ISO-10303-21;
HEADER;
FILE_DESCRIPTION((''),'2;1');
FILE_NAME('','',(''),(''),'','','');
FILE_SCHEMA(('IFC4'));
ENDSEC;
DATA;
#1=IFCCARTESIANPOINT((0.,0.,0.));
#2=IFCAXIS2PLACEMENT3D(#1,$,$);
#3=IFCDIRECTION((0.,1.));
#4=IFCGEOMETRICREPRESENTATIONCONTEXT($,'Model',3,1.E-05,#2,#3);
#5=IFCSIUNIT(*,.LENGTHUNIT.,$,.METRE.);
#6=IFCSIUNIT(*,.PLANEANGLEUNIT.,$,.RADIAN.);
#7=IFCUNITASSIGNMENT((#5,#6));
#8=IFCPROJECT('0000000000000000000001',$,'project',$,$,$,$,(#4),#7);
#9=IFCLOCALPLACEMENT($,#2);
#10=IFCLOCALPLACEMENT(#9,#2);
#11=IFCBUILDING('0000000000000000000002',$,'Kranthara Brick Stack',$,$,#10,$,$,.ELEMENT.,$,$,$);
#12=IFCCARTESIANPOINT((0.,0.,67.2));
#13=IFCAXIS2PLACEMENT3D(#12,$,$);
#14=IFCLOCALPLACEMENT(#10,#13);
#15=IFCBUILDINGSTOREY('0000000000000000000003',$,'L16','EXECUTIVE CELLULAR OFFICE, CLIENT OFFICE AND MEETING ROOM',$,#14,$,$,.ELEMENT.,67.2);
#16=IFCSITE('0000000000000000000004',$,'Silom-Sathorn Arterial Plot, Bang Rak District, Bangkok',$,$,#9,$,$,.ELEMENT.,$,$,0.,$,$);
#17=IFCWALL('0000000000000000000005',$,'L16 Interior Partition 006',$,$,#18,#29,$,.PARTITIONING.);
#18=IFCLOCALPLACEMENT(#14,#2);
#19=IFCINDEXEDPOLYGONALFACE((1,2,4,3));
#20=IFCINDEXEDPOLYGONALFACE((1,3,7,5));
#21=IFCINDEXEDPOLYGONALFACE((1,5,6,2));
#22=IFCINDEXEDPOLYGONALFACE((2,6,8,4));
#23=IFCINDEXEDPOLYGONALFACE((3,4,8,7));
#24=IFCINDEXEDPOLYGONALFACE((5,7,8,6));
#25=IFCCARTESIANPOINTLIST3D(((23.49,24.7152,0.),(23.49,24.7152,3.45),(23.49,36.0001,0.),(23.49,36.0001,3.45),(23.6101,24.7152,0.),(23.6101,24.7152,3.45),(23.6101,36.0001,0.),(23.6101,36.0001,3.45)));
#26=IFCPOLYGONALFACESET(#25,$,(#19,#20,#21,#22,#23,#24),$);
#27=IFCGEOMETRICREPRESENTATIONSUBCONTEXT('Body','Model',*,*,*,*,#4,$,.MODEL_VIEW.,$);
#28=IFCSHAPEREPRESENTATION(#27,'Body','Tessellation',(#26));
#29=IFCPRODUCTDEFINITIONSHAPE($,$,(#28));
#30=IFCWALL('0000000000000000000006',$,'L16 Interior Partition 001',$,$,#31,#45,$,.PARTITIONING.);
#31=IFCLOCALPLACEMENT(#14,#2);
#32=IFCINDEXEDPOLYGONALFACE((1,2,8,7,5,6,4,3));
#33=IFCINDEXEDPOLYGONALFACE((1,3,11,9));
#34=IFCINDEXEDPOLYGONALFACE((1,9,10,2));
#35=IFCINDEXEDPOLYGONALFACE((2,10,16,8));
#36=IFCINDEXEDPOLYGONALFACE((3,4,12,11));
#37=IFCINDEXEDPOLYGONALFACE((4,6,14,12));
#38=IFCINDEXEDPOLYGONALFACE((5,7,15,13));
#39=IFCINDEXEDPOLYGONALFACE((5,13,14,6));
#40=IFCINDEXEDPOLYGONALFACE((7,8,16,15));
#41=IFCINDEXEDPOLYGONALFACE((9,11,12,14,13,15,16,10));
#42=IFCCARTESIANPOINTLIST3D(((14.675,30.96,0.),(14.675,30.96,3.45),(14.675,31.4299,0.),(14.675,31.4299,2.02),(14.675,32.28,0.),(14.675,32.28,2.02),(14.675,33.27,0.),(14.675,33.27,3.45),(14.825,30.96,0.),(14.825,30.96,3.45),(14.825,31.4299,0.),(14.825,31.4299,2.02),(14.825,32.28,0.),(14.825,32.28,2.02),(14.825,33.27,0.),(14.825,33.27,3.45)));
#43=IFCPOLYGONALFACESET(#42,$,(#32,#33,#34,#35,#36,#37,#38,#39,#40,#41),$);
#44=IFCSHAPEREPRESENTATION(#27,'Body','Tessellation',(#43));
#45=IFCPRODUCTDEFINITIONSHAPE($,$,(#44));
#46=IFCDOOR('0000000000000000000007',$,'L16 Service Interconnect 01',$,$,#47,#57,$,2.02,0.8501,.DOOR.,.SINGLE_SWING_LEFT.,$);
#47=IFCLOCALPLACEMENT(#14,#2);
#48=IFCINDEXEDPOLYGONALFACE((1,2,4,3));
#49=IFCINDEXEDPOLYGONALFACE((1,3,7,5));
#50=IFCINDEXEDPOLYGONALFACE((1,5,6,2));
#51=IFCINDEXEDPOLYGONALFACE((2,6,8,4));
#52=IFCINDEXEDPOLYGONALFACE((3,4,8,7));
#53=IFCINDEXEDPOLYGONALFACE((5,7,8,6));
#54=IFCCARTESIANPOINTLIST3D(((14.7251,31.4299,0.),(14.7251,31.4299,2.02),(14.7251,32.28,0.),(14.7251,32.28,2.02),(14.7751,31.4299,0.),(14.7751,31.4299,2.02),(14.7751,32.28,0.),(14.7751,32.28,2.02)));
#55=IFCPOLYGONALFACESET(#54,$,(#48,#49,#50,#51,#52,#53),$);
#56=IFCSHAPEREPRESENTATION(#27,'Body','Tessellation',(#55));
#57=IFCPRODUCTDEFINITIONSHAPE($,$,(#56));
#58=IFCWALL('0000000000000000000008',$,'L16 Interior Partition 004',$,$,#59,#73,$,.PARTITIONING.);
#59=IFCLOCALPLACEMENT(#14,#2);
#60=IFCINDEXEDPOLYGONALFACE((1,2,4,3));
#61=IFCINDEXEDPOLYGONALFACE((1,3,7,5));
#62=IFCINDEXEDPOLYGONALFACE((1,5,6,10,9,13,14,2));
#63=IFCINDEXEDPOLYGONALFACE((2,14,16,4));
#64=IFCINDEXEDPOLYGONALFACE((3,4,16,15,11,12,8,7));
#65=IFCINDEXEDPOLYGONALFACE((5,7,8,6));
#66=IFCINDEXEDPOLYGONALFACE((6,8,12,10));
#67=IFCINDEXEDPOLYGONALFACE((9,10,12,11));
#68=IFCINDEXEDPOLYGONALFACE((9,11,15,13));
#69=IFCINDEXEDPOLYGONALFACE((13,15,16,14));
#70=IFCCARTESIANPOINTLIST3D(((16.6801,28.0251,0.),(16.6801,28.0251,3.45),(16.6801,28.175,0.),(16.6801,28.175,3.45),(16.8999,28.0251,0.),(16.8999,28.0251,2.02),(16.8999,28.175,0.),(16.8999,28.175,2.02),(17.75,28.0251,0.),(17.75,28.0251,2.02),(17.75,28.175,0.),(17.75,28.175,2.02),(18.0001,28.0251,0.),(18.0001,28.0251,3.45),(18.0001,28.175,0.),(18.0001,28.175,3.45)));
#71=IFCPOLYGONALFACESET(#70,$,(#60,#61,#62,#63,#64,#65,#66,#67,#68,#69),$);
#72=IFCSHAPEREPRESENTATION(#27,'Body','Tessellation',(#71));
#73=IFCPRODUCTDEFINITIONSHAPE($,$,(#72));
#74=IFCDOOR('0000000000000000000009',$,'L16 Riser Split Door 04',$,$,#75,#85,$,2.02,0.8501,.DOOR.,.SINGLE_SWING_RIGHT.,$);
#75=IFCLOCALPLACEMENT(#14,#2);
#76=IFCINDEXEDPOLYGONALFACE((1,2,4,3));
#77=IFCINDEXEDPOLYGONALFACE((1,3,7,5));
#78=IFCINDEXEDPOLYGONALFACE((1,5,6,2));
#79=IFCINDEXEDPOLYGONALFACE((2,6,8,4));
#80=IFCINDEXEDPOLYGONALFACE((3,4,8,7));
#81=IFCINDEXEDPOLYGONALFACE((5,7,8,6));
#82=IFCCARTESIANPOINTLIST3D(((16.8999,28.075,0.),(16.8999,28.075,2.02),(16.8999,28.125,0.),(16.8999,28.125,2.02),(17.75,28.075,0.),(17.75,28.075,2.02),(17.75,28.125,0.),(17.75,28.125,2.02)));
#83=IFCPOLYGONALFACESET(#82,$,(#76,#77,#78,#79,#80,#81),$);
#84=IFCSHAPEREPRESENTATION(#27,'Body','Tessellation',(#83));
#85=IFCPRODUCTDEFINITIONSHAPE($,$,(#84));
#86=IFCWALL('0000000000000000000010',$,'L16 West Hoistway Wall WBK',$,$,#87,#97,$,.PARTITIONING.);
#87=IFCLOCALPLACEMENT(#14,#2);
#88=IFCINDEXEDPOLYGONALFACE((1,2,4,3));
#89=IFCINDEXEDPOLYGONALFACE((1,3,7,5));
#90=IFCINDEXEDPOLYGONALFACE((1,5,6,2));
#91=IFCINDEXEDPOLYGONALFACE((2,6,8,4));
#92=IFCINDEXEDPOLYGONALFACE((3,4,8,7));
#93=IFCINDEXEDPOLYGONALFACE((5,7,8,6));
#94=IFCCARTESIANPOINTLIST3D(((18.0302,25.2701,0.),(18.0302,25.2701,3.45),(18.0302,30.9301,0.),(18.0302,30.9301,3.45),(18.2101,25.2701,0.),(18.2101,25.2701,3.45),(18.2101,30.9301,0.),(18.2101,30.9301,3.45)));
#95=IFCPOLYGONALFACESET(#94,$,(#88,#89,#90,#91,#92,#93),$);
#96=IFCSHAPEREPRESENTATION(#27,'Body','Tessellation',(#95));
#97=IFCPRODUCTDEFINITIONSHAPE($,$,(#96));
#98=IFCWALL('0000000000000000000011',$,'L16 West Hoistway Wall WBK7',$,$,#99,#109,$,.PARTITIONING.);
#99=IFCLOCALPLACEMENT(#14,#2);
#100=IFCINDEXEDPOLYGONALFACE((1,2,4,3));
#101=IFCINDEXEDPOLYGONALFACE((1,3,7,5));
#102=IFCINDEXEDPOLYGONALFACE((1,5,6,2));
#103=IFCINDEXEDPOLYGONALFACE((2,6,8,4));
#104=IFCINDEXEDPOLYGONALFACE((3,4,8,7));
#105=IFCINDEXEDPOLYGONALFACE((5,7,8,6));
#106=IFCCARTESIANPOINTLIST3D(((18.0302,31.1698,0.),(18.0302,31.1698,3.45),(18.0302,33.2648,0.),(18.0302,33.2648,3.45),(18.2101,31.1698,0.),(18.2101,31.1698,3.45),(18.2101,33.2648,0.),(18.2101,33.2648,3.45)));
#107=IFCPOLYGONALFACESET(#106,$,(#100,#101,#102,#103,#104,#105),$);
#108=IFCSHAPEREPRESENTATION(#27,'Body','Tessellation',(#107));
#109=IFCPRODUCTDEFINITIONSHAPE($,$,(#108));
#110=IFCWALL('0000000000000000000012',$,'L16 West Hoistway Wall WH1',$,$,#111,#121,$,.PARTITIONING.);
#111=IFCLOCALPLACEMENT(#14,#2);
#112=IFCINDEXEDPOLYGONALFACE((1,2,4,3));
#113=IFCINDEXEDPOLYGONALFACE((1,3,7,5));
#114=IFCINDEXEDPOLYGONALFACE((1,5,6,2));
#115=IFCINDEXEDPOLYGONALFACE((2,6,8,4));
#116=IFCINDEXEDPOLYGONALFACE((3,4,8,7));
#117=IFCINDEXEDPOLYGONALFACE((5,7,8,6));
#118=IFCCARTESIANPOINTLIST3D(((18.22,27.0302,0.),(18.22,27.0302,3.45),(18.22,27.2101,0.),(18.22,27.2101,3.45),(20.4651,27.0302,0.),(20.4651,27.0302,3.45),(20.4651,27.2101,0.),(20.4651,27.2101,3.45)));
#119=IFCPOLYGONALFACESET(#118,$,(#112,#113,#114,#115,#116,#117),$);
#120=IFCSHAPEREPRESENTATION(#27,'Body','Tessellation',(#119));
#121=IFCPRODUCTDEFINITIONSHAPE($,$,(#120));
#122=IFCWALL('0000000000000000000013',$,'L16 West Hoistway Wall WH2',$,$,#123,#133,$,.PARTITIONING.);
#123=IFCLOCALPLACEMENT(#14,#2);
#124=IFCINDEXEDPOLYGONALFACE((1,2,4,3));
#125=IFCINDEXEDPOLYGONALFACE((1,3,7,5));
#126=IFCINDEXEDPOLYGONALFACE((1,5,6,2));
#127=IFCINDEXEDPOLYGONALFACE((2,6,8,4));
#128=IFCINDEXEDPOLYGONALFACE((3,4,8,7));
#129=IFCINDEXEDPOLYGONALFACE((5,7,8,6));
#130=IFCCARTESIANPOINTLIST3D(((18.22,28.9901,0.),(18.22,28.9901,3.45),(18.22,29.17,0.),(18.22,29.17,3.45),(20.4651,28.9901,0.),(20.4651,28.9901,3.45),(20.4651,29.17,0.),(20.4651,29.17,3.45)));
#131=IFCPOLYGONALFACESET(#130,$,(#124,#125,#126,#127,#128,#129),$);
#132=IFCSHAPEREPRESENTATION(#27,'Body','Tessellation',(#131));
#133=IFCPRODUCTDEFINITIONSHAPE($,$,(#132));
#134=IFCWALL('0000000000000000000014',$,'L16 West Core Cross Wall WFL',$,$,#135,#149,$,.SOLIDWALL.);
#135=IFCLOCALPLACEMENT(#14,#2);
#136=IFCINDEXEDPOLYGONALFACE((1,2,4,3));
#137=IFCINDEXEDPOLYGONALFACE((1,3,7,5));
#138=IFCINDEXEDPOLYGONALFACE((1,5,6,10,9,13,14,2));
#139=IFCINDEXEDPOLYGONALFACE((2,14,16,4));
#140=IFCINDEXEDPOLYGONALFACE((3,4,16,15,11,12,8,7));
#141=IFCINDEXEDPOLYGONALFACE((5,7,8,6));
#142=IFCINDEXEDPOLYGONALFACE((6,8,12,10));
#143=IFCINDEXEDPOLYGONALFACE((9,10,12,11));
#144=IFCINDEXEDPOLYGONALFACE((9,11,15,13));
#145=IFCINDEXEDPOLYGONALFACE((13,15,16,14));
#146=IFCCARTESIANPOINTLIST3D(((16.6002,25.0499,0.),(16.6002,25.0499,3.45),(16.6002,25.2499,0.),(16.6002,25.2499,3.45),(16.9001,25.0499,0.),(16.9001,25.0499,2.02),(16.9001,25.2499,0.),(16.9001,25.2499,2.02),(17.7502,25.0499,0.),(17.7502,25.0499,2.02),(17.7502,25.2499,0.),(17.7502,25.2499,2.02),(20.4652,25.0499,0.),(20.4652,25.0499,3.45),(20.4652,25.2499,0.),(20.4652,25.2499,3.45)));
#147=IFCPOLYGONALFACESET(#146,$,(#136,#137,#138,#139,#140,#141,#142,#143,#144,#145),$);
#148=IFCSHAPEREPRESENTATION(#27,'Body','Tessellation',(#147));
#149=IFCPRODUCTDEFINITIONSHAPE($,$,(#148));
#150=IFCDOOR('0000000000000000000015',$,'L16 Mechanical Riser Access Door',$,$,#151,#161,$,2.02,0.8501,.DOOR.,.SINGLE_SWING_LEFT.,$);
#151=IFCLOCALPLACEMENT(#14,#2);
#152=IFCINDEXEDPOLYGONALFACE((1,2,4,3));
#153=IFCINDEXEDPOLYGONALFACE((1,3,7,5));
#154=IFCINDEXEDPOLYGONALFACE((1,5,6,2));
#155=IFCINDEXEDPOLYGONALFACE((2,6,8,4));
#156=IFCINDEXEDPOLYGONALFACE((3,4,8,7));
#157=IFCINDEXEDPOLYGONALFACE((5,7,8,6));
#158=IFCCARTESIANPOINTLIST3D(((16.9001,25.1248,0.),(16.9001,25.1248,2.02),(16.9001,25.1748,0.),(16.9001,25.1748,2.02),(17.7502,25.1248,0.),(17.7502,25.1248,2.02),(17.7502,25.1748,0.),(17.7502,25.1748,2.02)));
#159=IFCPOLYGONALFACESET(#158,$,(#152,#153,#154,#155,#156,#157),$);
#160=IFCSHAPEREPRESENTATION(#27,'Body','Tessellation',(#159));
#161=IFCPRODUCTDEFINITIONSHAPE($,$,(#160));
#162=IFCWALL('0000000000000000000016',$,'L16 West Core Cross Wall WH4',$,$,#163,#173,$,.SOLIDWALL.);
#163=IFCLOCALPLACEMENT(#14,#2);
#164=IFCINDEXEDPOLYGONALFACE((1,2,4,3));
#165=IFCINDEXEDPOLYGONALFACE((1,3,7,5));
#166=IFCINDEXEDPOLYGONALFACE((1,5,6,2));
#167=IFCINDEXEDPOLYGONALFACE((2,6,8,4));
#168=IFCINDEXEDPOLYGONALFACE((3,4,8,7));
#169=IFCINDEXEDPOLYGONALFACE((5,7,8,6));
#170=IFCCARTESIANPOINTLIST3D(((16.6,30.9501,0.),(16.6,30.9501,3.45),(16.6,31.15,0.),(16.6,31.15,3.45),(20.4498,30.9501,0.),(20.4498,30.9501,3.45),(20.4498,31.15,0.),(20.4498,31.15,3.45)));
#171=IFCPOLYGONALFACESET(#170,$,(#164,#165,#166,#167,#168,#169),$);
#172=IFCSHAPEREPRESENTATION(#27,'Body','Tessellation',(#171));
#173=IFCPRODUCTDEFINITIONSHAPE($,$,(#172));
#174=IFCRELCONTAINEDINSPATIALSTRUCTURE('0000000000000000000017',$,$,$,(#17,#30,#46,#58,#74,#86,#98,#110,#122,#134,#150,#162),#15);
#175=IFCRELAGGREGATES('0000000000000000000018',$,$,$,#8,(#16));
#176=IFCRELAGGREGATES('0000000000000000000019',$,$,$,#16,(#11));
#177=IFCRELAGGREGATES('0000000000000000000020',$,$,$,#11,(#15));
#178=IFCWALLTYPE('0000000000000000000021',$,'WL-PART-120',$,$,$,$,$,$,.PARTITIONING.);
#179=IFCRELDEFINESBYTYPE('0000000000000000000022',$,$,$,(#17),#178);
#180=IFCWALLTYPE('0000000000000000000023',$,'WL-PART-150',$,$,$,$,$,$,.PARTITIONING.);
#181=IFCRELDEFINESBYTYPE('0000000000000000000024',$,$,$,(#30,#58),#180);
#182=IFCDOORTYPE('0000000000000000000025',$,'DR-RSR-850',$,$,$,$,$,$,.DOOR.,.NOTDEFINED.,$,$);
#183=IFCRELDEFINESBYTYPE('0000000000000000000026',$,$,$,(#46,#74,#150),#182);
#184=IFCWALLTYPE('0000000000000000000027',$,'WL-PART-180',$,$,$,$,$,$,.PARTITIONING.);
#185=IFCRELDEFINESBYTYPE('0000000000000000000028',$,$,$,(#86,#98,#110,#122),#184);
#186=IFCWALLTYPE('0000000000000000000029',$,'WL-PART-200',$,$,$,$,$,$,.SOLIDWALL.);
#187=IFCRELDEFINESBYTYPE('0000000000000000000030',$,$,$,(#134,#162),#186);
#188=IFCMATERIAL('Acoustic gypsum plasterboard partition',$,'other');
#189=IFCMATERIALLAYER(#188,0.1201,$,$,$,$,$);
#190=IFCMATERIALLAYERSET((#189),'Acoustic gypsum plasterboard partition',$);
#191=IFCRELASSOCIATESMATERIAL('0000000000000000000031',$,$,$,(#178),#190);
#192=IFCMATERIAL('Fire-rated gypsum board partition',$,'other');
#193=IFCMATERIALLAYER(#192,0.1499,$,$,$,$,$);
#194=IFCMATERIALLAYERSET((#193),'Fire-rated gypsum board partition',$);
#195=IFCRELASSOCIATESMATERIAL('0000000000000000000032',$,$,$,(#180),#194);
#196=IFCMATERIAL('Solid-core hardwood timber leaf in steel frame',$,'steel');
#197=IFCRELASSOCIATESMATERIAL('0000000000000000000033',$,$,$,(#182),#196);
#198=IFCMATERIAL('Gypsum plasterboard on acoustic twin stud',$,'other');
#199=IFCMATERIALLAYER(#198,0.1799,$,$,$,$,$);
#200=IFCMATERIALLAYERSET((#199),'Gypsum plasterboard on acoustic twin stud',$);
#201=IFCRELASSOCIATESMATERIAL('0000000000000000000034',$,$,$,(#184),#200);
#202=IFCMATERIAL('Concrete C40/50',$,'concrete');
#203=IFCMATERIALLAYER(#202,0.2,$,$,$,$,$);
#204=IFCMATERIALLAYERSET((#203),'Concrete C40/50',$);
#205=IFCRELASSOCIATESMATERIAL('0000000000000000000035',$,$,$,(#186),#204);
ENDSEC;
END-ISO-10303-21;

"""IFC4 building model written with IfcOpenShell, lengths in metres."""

from ifc_helpers import new_model, si_unit, direction, frame, frame_2d, origin, place, context, subcontext, project, spatial, rectangle, extrude, material, layer, layer_set, type_object, element, fill, save


model = new_model("IFC4")

# Units and contexts
model_context = context("Model", 3, precision=1e-05, world=origin(), true_north=direction((0.0, 1.0)))
body_context = subcontext(model_context, "Body", "Model", "MODEL_VIEW")
ifc_project = project(units=[si_unit("LENGTHUNIT", "METRE"), si_unit("PLANEANGLEUNIT", "RADIAN")], contexts=[model_context])

# Site, building, storey
site_placement = place(None, origin())
site = spatial("IfcSite", under=ifc_project, at=site_placement, Name="Silom-Sathorn Arterial Plot, Bang Rak District, Bangkok", CompositionType="ELEMENT", RefElevation=0.0)
building_placement = place(site_placement, origin())
building = spatial("IfcBuilding", under=site, at=building_placement, Name="Kranthara Brick Stack", CompositionType="ELEMENT")
storey_placement = place(building_placement, frame((0.0, 0.0, 67.2)))
storey = spatial("IfcBuildingStorey", under=building, at=storey_placement, Name="L16", Description="EXECUTIVE CELLULAR OFFICE, CLIENT OFFICE AND MEETING ROOM", CompositionType="ELEMENT", Elevation=67.2)

# Wall
ifc_material_1 = material(Name="Acoustic gypsum plasterboard partition", Category="other")
ifc_layer_1 = layer(ifc_material_1, 0.1201)
ifc_layer_set_1 = layer_set([ifc_layer_1], Name="Acoustic gypsum plasterboard partition")
wall_type_1 = type_object("IfcWallType", Name="WL-PART-120", PredefinedType="PARTITIONING", material=ifc_layer_set_1)
wall_1_placement = place(storey_placement, frame((23.55, 24.7151, 0.0), z_axis=(0.0, 0.0, 1.0), x_axis=(0.0, 1.0, 0.0)))
element("IfcWall", 1, at=wall_1_placement, inside=storey, type_object=wall_type_1, Name="L16 Interior Partition 006", PredefinedType="PARTITIONING", context=body_context, shape_type="SweptSolid", body=[
    extrude(rectangle(XDim=11.2849, YDim=0.1201, at=frame_2d((5.6426, 0.0))), origin(), (0.0, 0.0, 1.0), 3.45),
])

# Walls, openings, doors
ifc_material_2 = material(Name="Fire-rated gypsum board partition", Category="other")
ifc_layer_2 = layer(ifc_material_2, 0.1499)
ifc_layer_set_2 = layer_set([ifc_layer_2], Name="Fire-rated gypsum board partition")
wall_type_2 = type_object("IfcWallType", Name="WL-PART-150", PredefinedType="PARTITIONING", material=ifc_layer_set_2)
wall_2_placement = place(storey_placement, frame((14.75, 30.96, 0.0), z_axis=(0.0, 0.0, 1.0), x_axis=(0.0, 1.0, 0.0)))
wall_2 = element("IfcWall", 2, at=wall_2_placement, inside=storey, type_object=wall_type_2, Name="L16 Interior Partition 001", PredefinedType="PARTITIONING", context=body_context, shape_type="SweptSolid", body=[
    extrude(rectangle(XDim=2.3101, YDim=0.1499, at=frame_2d((1.155, 0.0))), origin(), (0.0, 0.0, 1.0), 3.45),
])
opening_1_placement = place(wall_2_placement, frame((0.47, 0.0, 0.0)))
opening_1 = element("IfcOpeningElement", 3, at=opening_1_placement, cuts=wall_2, PredefinedType="OPENING", context=body_context, shape_type="SweptSolid", body=[
    extrude(rectangle(XDim=0.8501, YDim=2.02, at=frame_2d((0.425, 1.01))), frame((0.0, 0.085, 0.0), z_axis=(0.0, -1.0, 0.0), x_axis=(1.0, 0.0, 0.0)), (0.0, 0.0, 1.0), 0.1699),
])
ifc_material_3 = material(Name="Solid-core hardwood timber leaf in steel frame", Category="steel")
door_type = type_object("IfcDoorType", Name="DR-RSR-850", OperationType="NOTDEFINED", PredefinedType="DOOR", material=ifc_material_3)
door_1_placement = place(opening_1_placement, origin())
door_1 = element("IfcDoor", 4, at=door_1_placement, inside=storey, type_object=door_type, Name="L16 Service Interconnect 01", OperationType="SINGLE_SWING_LEFT", OverallHeight=2.02, OverallWidth=0.8501, PredefinedType="DOOR", context=body_context, shape_type="SweptSolid", body=[
    extrude(rectangle(XDim=0.8501, YDim=2.02, at=frame_2d((0.425, 1.01))), frame((0.0, 0.0249, 0.0), z_axis=(0.0, -1.0, 0.0), x_axis=(1.0, 0.0, 0.0)), (0.0, 0.0, 1.0), 0.05),
])
fill(opening_1, door_1)
wall_3_placement = place(storey_placement, frame((16.6799, 28.1001, 0.0), z_axis=(0.0, 0.0, 1.0), x_axis=(1.0, 0.0, 0.0)))
wall_3 = element("IfcWall", 5, at=wall_3_placement, inside=storey, type_object=wall_type_2, Name="L16 Interior Partition 004", PredefinedType="PARTITIONING", context=body_context, shape_type="SweptSolid", body=[
    extrude(rectangle(XDim=1.3201, YDim=0.1499, at=frame_2d((0.6602, 0.0))), origin(), (0.0, 0.0, 1.0), 3.45),
])
opening_2_placement = place(wall_3_placement, frame((0.22, 0.0, 0.0)))
opening_2 = element("IfcOpeningElement", 6, at=opening_2_placement, cuts=wall_3, PredefinedType="OPENING", context=body_context, shape_type="SweptSolid", body=[
    extrude(rectangle(XDim=0.8501, YDim=2.02, at=frame_2d((0.425, 1.01))), frame((0.0, 0.085, 0.0), z_axis=(0.0, -1.0, 0.0), x_axis=(1.0, 0.0, 0.0)), (0.0, 0.0, 1.0), 0.1699),
])
door_2_placement = place(opening_2_placement, origin())
door_2 = element("IfcDoor", 7, at=door_2_placement, inside=storey, type_object=door_type, Name="L16 Riser Split Door 04", OperationType="SINGLE_SWING_RIGHT", OverallHeight=2.02, OverallWidth=0.8501, PredefinedType="DOOR", context=body_context, shape_type="SweptSolid", body=[
    extrude(rectangle(XDim=0.8501, YDim=2.02, at=frame_2d((0.425, 1.01))), frame((0.0, 0.0249, 0.0), z_axis=(0.0, -1.0, 0.0), x_axis=(1.0, 0.0, 0.0)), (0.0, 0.0, 1.0), 0.05),
])
fill(opening_2, door_2)

# Walls
ifc_material_4 = material(Name="Gypsum plasterboard on acoustic twin stud", Category="other")
ifc_layer_3 = layer(ifc_material_4, 0.1799)
ifc_layer_set_3 = layer_set([ifc_layer_3], Name="Gypsum plasterboard on acoustic twin stud")
wall_type_3 = type_object("IfcWallType", Name="WL-PART-180", PredefinedType="PARTITIONING", material=ifc_layer_set_3)
wall_4_placement = place(storey_placement, frame((18.1201, 25.27, 0.0), z_axis=(0.0, 0.0, 1.0), x_axis=(0.0, 1.0, 0.0)))
element("IfcWall", 8, at=wall_4_placement, inside=storey, type_object=wall_type_3, Name="L16 West Hoistway Wall WBK", PredefinedType="PARTITIONING", context=body_context, shape_type="SweptSolid", body=[
    extrude(rectangle(XDim=5.6599, YDim=0.1799, at=frame_2d((2.8301, 0.0))), origin(), (0.0, 0.0, 1.0), 3.45),
])
wall_5_placement = place(storey_placement, frame((18.1201, 31.1699, 0.0), z_axis=(0.0, 0.0, 1.0), x_axis=(0.0, 1.0, 0.0)))
element("IfcWall", 9, at=wall_5_placement, inside=storey, type_object=wall_type_3, Name="L16 West Hoistway Wall WBK7", PredefinedType="PARTITIONING", context=body_context, shape_type="SweptSolid", body=[
    extrude(rectangle(XDim=2.095, YDim=0.1799, at=frame_2d((1.0474, 0.0))), origin(), (0.0, 0.0, 1.0), 3.45),
])
for number, where, z_axis, x_axis, name in (
    (10, (18.22, 27.1201, 0.0), (0.0, 0.0, 1.0), (1.0, 0.0, 0.0), "L16 West Hoistway Wall WH1"),
    (11, (18.22, 29.0801, 0.0), (0.0, 0.0, 1.0), (1.0, 0.0, 0.0), "L16 West Hoistway Wall WH2"),
):
    element("IfcWall", number, at=place(storey_placement, frame(where, z_axis=z_axis, x_axis=x_axis)), inside=storey, type_object=wall_type_3, Name=name, PredefinedType="PARTITIONING", context=body_context, shape_type="SweptSolid", body=[
        extrude(rectangle(XDim=2.2451, YDim=0.1799, at=frame_2d((1.1226, 0.0))), origin(), (0.0, 0.0, 1.0), 3.45),
    ])

# Wall, opening, door
ifc_material_5 = material(Name="Concrete C40/50", Category="concrete")
ifc_layer_4 = layer(ifc_material_5, 0.2)
ifc_layer_set_4 = layer_set([ifc_layer_4], Name="Concrete C40/50")
wall_type_4 = type_object("IfcWallType", Name="WL-PART-200", PredefinedType="SOLIDWALL", material=ifc_layer_set_4)
wall_6_placement = place(storey_placement, frame((16.6001, 25.1499, 0.0), z_axis=(0.0, 0.0, 1.0), x_axis=(1.0, 0.0, 0.0)))
wall_6 = element("IfcWall", 12, at=wall_6_placement, inside=storey, type_object=wall_type_4, Name="L16 West Core Cross Wall WFL", PredefinedType="SOLIDWALL", context=body_context, shape_type="SweptSolid", body=[
    extrude(rectangle(XDim=3.865, YDim=0.2, at=frame_2d((1.9326, 0.0))), origin(), (0.0, 0.0, 1.0), 3.45),
])
opening_3_placement = place(wall_6_placement, frame((0.3, 0.0, 0.0)))
opening_3 = element("IfcOpeningElement", 13, at=opening_3_placement, cuts=wall_6, PredefinedType="OPENING", context=body_context, shape_type="SweptSolid", body=[
    extrude(rectangle(XDim=0.8501, YDim=2.02, at=frame_2d((0.425, 1.01))), frame((0.0, 0.1099, 0.0), z_axis=(0.0, -1.0, 0.0), x_axis=(1.0, 0.0, 0.0)), (0.0, 0.0, 1.0), 0.22),
])
door_3_placement = place(opening_3_placement, origin())
door_3 = element("IfcDoor", 14, at=door_3_placement, inside=storey, type_object=door_type, Name="L16 Mechanical Riser Access Door", OperationType="SINGLE_SWING_LEFT", OverallHeight=2.02, OverallWidth=0.8501, PredefinedType="DOOR", context=body_context, shape_type="SweptSolid", body=[
    extrude(rectangle(XDim=0.8501, YDim=2.02, at=frame_2d((0.425, 1.01))), frame((0.0, 0.0249, 0.0), z_axis=(0.0, -1.0, 0.0), x_axis=(1.0, 0.0, 0.0)), (0.0, 0.0, 1.0), 0.05),
])
fill(opening_3, door_3)

# Wall
wall_7_placement = place(storey_placement, frame((16.6001, 31.05, 0.0), z_axis=(0.0, 0.0, 1.0), x_axis=(1.0, 0.0, 0.0)))
element("IfcWall", 15, at=wall_7_placement, inside=storey, type_object=wall_type_4, Name="L16 West Core Cross Wall WH4", PredefinedType="SOLIDWALL", context=body_context, shape_type="SweptSolid", body=[
    extrude(rectangle(XDim=3.8499, YDim=0.2, at=frame_2d((1.9248, 0.0))), origin(), (0.0, 0.0, 1.0), 3.45),
])

save(model, "model.ifc")
